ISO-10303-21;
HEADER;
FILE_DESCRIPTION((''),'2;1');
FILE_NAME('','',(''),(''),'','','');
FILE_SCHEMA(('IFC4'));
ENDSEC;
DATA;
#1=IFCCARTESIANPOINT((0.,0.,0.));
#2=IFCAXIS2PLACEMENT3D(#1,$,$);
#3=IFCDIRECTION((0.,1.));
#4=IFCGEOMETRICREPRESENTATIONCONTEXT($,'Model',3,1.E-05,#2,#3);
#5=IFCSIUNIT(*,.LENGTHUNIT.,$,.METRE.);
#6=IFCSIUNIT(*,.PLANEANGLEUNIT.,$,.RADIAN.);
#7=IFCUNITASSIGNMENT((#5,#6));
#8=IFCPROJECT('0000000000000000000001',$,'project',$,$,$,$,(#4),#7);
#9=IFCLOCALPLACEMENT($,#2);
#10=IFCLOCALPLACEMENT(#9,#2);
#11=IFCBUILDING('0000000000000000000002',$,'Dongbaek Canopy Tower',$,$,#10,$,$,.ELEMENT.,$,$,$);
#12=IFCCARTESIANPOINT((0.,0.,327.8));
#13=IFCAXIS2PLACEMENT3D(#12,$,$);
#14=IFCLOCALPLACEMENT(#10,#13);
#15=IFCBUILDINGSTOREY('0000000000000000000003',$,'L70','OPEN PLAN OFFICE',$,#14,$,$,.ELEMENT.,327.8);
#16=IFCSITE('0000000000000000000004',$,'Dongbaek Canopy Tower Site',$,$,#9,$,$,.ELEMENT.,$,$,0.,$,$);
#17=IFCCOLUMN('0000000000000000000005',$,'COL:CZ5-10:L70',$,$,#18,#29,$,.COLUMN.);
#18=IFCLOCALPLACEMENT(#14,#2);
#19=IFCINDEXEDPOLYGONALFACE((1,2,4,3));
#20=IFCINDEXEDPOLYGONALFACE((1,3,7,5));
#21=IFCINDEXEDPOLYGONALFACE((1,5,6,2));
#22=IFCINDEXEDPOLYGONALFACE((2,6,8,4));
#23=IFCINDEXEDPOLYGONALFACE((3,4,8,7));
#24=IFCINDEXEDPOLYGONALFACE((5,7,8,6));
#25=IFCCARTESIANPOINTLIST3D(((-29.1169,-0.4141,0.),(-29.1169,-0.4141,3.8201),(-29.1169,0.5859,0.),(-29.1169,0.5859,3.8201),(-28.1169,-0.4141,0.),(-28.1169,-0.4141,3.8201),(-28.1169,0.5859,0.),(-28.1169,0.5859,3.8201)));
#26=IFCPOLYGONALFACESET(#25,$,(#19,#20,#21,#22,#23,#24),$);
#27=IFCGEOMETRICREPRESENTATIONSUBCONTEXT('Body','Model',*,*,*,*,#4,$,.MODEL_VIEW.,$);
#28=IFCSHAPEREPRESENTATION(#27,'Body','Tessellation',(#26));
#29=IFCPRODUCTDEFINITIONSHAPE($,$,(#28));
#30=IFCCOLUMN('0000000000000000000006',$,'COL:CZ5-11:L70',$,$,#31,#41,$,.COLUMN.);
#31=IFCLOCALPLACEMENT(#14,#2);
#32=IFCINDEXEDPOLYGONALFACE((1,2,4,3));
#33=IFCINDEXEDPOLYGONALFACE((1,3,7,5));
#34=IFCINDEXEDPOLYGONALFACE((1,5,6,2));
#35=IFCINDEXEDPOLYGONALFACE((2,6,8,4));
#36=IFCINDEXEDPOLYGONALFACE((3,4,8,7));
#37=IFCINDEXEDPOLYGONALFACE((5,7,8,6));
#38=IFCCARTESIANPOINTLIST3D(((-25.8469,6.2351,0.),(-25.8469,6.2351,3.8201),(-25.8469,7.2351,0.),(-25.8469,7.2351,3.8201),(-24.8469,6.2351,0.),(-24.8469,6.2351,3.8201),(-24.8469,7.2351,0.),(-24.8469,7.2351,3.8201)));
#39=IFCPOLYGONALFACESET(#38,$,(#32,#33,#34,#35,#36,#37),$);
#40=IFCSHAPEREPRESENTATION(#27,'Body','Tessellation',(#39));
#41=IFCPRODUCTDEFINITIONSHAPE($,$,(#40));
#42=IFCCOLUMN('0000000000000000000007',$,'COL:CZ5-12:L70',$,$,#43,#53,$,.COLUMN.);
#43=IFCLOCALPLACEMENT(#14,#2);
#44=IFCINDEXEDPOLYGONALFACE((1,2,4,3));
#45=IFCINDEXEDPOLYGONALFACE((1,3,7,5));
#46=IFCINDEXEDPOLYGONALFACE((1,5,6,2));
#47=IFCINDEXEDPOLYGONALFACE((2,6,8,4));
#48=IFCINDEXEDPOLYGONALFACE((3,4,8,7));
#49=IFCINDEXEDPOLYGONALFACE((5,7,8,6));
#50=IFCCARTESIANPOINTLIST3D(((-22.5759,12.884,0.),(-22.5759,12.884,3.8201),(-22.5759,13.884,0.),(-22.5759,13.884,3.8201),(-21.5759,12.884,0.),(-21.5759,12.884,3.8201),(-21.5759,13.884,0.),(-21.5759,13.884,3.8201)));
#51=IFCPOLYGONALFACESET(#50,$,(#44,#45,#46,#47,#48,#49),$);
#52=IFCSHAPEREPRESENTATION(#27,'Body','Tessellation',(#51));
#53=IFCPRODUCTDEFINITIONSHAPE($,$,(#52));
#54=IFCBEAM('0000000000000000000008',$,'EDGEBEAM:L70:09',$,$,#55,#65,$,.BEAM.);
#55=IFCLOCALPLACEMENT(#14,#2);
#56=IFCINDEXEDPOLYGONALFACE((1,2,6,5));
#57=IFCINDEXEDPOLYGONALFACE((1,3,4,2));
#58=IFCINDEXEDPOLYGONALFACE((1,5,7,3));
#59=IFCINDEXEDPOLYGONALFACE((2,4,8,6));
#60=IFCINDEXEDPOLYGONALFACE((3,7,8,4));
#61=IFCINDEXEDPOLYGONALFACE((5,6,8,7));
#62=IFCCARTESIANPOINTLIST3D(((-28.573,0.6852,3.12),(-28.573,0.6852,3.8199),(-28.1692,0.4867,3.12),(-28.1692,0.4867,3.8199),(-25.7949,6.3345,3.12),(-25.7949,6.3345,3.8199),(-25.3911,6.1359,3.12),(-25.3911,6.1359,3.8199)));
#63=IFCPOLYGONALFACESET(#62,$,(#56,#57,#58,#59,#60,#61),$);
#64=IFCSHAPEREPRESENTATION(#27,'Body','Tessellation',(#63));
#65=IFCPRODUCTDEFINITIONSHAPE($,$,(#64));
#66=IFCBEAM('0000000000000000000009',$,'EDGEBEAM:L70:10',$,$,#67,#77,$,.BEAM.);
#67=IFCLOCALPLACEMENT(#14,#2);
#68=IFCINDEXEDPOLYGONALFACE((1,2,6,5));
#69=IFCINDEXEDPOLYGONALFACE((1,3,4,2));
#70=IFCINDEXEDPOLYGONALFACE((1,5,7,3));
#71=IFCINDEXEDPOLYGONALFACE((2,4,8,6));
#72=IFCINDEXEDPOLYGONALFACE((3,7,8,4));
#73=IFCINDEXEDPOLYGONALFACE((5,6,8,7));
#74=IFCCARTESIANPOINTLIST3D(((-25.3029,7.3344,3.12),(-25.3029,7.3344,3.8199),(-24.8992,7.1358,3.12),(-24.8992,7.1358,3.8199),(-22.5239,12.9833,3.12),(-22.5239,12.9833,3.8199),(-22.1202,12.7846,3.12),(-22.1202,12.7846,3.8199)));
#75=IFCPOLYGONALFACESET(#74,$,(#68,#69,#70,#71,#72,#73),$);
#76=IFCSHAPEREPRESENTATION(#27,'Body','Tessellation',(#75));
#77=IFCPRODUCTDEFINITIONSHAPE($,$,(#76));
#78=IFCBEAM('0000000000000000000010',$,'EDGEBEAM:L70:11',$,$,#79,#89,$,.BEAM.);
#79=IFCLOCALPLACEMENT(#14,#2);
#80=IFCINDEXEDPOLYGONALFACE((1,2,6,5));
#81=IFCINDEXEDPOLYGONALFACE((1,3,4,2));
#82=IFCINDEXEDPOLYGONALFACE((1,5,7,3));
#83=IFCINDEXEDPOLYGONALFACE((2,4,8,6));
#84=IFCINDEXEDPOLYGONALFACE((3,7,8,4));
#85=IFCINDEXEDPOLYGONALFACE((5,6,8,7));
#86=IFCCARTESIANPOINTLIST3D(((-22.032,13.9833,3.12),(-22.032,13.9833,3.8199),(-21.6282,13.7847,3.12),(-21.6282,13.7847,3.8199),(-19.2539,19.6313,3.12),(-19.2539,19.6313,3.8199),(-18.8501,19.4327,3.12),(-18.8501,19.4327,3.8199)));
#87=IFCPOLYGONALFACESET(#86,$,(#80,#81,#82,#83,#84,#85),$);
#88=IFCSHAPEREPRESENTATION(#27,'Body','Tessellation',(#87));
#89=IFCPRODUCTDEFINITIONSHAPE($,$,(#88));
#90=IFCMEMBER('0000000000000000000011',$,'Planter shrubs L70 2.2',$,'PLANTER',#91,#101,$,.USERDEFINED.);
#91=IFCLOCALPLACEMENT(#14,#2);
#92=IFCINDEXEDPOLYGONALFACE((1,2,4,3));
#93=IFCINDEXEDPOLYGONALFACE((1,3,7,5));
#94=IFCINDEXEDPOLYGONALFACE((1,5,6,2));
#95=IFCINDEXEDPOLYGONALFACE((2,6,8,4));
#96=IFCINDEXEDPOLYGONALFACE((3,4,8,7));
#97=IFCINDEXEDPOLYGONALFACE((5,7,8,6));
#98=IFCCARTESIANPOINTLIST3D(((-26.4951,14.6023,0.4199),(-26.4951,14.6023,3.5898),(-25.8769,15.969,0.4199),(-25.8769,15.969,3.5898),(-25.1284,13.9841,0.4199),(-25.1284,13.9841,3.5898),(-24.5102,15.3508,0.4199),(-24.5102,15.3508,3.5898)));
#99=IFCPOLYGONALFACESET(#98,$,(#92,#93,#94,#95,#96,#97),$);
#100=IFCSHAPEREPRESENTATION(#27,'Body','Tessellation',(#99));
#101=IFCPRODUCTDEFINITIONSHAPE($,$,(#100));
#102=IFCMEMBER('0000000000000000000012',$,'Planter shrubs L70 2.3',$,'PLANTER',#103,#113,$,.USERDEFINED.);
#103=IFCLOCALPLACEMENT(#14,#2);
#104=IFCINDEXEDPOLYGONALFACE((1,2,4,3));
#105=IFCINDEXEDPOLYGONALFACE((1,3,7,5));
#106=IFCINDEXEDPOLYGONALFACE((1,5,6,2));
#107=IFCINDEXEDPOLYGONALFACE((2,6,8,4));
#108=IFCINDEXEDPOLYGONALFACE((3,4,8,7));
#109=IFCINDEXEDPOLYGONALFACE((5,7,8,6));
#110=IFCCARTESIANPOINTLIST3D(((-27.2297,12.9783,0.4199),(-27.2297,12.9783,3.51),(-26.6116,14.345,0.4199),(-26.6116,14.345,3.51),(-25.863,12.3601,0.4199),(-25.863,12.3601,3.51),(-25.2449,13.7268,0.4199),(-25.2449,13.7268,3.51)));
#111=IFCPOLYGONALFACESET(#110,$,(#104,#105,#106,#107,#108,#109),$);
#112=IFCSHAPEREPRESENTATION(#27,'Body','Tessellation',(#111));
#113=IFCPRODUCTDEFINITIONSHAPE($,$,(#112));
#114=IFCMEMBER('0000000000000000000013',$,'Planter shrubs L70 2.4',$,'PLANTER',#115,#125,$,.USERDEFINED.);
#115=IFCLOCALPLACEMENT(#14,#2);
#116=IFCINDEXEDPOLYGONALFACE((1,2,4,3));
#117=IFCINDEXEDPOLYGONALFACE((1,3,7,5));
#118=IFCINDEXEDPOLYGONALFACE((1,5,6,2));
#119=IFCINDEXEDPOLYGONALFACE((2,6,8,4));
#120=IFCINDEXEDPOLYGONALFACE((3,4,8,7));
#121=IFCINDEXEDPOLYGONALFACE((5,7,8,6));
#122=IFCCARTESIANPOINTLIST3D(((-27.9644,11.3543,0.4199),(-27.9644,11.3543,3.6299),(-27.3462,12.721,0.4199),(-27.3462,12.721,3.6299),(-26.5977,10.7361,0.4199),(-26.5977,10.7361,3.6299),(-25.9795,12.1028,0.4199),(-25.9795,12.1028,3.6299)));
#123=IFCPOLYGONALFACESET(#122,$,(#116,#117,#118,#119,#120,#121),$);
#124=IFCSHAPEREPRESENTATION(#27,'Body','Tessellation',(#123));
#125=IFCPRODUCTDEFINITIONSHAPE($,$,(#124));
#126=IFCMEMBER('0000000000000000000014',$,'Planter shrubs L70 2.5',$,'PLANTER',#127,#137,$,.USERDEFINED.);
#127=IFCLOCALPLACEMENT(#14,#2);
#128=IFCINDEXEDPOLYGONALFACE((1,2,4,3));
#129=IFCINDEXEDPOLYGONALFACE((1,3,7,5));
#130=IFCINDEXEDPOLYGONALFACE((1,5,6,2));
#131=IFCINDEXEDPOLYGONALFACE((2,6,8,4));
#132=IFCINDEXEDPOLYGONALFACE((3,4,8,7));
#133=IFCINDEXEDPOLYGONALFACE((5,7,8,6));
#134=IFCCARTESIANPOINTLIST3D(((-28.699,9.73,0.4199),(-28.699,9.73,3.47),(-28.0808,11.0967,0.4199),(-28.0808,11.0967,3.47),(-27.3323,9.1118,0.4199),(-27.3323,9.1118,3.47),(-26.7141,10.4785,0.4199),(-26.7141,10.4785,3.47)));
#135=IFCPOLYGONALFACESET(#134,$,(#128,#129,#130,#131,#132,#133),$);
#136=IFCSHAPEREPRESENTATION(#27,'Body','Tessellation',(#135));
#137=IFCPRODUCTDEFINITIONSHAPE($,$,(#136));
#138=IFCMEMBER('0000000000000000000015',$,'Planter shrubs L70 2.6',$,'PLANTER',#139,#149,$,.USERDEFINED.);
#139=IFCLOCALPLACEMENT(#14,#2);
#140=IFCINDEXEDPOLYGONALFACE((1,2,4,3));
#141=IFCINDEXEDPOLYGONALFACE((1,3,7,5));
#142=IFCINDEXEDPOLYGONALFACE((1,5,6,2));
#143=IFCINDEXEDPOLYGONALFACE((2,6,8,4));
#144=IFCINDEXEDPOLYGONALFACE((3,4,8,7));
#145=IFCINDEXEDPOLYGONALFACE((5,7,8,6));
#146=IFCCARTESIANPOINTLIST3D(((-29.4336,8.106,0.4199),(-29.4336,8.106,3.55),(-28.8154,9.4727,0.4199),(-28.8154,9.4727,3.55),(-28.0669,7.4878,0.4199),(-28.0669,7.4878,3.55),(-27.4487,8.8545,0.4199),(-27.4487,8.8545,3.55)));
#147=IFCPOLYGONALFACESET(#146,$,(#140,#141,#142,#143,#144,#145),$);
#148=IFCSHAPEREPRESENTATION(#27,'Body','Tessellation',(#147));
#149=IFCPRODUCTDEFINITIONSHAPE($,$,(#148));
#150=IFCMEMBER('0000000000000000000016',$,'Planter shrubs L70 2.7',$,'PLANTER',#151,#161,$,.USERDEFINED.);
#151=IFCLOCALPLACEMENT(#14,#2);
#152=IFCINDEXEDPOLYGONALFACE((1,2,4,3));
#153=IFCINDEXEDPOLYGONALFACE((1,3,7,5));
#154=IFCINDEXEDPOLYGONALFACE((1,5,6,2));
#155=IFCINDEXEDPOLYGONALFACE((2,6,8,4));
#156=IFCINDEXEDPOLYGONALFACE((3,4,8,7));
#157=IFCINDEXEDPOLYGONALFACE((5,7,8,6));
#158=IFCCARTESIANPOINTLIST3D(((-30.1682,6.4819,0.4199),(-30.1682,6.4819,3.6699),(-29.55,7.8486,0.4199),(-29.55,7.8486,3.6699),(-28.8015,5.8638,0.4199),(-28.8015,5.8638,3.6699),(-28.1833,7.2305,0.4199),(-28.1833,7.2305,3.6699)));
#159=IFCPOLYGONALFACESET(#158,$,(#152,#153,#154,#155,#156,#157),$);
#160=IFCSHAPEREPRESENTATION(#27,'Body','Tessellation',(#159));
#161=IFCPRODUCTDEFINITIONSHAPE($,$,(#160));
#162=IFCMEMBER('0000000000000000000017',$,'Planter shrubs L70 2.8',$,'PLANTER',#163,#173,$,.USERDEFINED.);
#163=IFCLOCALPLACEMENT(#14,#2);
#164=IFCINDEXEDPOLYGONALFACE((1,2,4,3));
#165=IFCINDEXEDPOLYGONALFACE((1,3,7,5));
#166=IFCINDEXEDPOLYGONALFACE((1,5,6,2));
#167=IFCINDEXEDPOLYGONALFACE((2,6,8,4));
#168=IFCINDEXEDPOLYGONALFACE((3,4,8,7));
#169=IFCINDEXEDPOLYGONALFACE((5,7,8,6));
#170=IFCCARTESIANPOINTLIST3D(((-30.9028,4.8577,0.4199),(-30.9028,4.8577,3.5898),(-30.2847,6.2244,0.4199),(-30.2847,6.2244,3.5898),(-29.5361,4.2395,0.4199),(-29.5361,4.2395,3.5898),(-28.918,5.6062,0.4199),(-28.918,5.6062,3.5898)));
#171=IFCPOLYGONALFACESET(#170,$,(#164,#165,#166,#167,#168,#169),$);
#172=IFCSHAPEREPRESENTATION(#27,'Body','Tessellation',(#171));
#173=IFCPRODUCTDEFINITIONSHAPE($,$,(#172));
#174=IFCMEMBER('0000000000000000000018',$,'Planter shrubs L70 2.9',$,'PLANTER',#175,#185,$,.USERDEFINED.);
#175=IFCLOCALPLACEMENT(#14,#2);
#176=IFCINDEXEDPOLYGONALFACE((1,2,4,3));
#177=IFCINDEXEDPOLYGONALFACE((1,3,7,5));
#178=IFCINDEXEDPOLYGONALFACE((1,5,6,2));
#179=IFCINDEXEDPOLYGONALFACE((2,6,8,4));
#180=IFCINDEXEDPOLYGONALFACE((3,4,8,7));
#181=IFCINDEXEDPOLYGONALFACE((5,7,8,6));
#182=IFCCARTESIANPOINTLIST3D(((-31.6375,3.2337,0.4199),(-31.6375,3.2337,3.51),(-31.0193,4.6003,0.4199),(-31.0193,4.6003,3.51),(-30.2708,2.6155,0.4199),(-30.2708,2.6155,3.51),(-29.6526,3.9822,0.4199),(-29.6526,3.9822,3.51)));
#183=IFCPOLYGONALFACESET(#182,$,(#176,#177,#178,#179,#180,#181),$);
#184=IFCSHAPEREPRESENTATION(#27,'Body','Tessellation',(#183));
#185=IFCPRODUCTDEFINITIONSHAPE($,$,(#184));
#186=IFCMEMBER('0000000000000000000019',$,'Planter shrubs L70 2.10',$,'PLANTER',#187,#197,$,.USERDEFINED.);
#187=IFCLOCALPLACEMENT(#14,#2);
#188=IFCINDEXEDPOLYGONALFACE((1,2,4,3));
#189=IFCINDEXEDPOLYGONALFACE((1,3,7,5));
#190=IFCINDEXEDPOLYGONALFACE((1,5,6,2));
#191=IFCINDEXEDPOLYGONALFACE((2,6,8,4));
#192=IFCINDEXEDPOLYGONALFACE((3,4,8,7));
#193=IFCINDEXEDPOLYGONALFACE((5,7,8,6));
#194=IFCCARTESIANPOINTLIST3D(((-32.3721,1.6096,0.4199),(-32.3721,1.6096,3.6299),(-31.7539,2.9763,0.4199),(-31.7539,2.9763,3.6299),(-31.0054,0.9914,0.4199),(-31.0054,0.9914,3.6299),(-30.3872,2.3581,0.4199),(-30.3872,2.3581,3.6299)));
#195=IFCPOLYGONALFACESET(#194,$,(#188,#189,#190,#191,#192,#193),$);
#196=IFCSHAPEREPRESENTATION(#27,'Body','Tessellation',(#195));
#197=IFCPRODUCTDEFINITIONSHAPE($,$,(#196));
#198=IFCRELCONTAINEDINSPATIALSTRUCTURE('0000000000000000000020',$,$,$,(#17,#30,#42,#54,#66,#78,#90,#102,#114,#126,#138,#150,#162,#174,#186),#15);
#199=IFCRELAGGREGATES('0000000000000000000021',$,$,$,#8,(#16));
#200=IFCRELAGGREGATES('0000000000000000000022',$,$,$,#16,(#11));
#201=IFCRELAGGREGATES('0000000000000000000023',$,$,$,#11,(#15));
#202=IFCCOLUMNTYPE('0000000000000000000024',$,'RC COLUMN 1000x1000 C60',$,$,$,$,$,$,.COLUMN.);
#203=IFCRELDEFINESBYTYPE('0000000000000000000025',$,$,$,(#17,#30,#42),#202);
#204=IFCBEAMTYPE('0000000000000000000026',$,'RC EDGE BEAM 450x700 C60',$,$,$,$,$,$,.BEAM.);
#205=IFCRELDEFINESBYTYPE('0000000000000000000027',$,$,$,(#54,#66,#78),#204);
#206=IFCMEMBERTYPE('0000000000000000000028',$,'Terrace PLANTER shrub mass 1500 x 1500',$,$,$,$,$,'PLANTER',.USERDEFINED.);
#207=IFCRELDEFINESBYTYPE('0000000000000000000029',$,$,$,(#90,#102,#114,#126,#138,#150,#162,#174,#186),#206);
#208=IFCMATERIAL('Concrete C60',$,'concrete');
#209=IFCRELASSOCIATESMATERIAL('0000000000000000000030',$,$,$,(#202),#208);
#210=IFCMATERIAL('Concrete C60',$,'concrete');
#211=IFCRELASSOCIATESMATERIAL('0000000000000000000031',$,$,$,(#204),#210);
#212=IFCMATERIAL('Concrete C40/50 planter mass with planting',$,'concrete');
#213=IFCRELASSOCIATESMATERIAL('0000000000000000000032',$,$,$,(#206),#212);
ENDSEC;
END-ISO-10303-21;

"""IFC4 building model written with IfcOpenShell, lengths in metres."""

from ifc_helpers import new_model, si_unit, direction, frame, origin, origin_2d, place, context, subcontext, project, spatial, rectangle, extrude, material, material_profile, profile_set, type_object, element, save


model = new_model("IFC4")

# Units and contexts
model_context = context("Model", 3, precision=1e-05, world=origin(), true_north=direction((0.0, 1.0)))
body_context = subcontext(model_context, "Body", "Model", "MODEL_VIEW")
ifc_project = project(units=[si_unit("LENGTHUNIT", "METRE"), si_unit("PLANEANGLEUNIT", "RADIAN")], contexts=[model_context])

# Site, building, storey
site_placement = place(None, origin())
site = spatial("IfcSite", under=ifc_project, at=site_placement, Name="Dongbaek Canopy Tower Site", CompositionType="ELEMENT", RefElevation=0.0)
building_placement = place(site_placement, origin())
building = spatial("IfcBuilding", under=site, at=building_placement, Name="Dongbaek Canopy Tower", CompositionType="ELEMENT")
storey_placement = place(building_placement, frame((0.0, 0.0, 327.8)))
storey = spatial("IfcBuildingStorey", under=building, at=storey_placement, Name="L70", Description="OPEN PLAN OFFICE", CompositionType="ELEMENT", Elevation=327.8)

# Columns
ifc_material_1 = material(Name="Concrete C60", Category="concrete")
ifc_material_profile_1 = material_profile(ifc_material_1, rectangle(XDim=1.0, YDim=1.0, at=origin_2d()), Name="RC COLUMN 1000x1000 C60")
ifc_profile_set_1 = profile_set([ifc_material_profile_1], Name="Concrete C60")
column_type = type_object("IfcColumnType", Name="RC COLUMN 1000x1000 C60", PredefinedType="COLUMN", material=ifc_profile_set_1)
for number, where, z_axis, x_axis, name in (
    (1, (-28.6169, 0.0859, 0.0), (0.0, 0.0, 1.0), (1.0, 0.0, 0.0), "COL:CZ5-10:L70"),
    (2, (-25.3469, 6.7351, 0.0), (0.0, 0.0, 1.0), (1.0, 0.0, 0.0), "COL:CZ5-11:L70"),
    (3, (-22.0759, 13.384, 0.0), (0.0, 0.0, 1.0), (1.0, 0.0, 0.0), "COL:CZ5-12:L70"),
):
    element("IfcColumn", number, at=place(storey_placement, frame(where, z_axis=z_axis, x_axis=x_axis)), inside=storey, type_object=column_type, Name=name, PredefinedType="COLUMN", context=body_context, shape_type="SweptSolid", body=[
        extrude(rectangle(XDim=1.0, YDim=1.0, at=origin_2d()), origin(), (0.0, 0.0, 1.0), 3.8201),
    ])

# Beams
ifc_material_2 = material(Name="Concrete C60", Category="concrete")
ifc_material_profile_2 = material_profile(ifc_material_2, rectangle(XDim=0.45, YDim=0.7, at=origin_2d()), Name="RC EDGE BEAM 450x700 C60")
ifc_profile_set_2 = profile_set([ifc_material_profile_2], Name="Concrete C60")
beam_type = type_object("IfcBeamType", Name="RC EDGE BEAM 450x700 C60", PredefinedType="BEAM", material=ifc_profile_set_2)
for number, where, z_axis, x_axis, name in (
    (4, (-28.3711, 0.5859, 3.47), (0.441294, 0.897363, 0.0), (-0.897363, 0.441294, 0.0), "EDGEBEAM:L70:09"),
    (5, (-25.1011, 7.2351, 3.47), (0.441434, 0.897294, 0.0), (-0.897294, 0.441434, 0.0), "EDGEBEAM:L70:10"),
):
    element("IfcBeam", number, at=place(storey_placement, frame(where, z_axis=z_axis, x_axis=x_axis)), inside=storey, type_object=beam_type, Name=name, PredefinedType="BEAM", context=body_context, shape_type="SweptSolid", body=[
        extrude(rectangle(XDim=0.45, YDim=0.7, at=origin_2d()), origin(), (0.0, 0.0, 1.0), 6.2954),
    ])
beam_placement = place(storey_placement, frame((-21.8301, 13.884, 3.47), z_axis=(0.44137, 0.897325, 0.0), x_axis=(-0.897325, 0.44137, 0.0)))
element("IfcBeam", 6, at=beam_placement, inside=storey, type_object=beam_type, Name="EDGEBEAM:L70:11", PredefinedType="BEAM", context=body_context, shape_type="SweptSolid", body=[
    extrude(rectangle(XDim=0.45, YDim=0.7, at=origin_2d()), origin(), (0.0, 0.0, 1.0), 6.2942),
])

# Members
ifc_material_3 = material(Name="Concrete C40/50 planter mass with planting", Category="concrete")
ifc_material_profile_3 = material_profile(ifc_material_3, rectangle(XDim=1.5, YDim=1.5, at=origin_2d()), Name="Terrace PLANTER shrub mass 1500 x 1500")
ifc_profile_set_3 = profile_set([ifc_material_profile_3], Name="Concrete C40/50 planter mass with planting")
member_type = type_object("IfcMemberType", Name="Terrace PLANTER shrub mass 1500 x 1500", ElementType="PLANTER", PredefinedType="USERDEFINED", material=ifc_profile_set_3)
member_1_placement = place(storey_placement, frame((-25.5027, 14.9766, 0.4199), z_axis=(0.0, 0.0, 1.0), x_axis=(-0.911129, 0.412122, 0.0)))
element("IfcMember", 7, at=member_1_placement, inside=storey, type_object=member_type, Name="Planter shrubs L70 2.2", ObjectType="PLANTER", PredefinedType="USERDEFINED", context=body_context, shape_type="SweptSolid", body=[
    extrude(rectangle(XDim=1.5, YDim=1.5, at=origin_2d()), origin(), (0.0, 0.0, 1.0), 3.1699),
])
member_2_placement = place(storey_placement, frame((-26.2373, 13.3525, 0.4199), z_axis=(0.0, 0.0, 1.0), x_axis=(-0.911129, 0.412122, 0.0)))
element("IfcMember", 8, at=member_2_placement, inside=storey, type_object=member_type, Name="Planter shrubs L70 2.3", ObjectType="PLANTER", PredefinedType="USERDEFINED", context=body_context, shape_type="SweptSolid", body=[
    extrude(rectangle(XDim=1.5, YDim=1.5, at=origin_2d()), origin(), (0.0, 0.0, 1.0), 3.0901),
])
member_3_placement = place(storey_placement, frame((-26.9719, 11.7285, 0.4199), z_axis=(0.0, 0.0, 1.0), x_axis=(-0.911129, 0.412122, 0.0)))
element("IfcMember", 9, at=member_3_placement, inside=storey, type_object=member_type, Name="Planter shrubs L70 2.4", ObjectType="PLANTER", PredefinedType="USERDEFINED", context=body_context, shape_type="SweptSolid", body=[
    extrude(rectangle(XDim=1.5, YDim=1.5, at=origin_2d()), origin(), (0.0, 0.0, 1.0), 3.21),
])
member_4_placement = place(storey_placement, frame((-27.7065, 10.1042, 0.4199), z_axis=(0.0, 0.0, 1.0), x_axis=(-0.911129, 0.412122, 0.0)))
element("IfcMember", 10, at=member_4_placement, inside=storey, type_object=member_type, Name="Planter shrubs L70 2.5", ObjectType="PLANTER", PredefinedType="USERDEFINED", context=body_context, shape_type="SweptSolid", body=[
    extrude(rectangle(XDim=1.5, YDim=1.5, at=origin_2d()), origin(), (0.0, 0.0, 1.0), 3.05),
])
member_5_placement = place(storey_placement, frame((-28.4412, 8.4802, 0.4199), z_axis=(0.0, 0.0, 1.0), x_axis=(-0.911129, 0.412122, 0.0)))
element("IfcMember", 11, at=member_5_placement, inside=storey, type_object=member_type, Name="Planter shrubs L70 2.6", ObjectType="PLANTER", PredefinedType="USERDEFINED", context=body_context, shape_type="SweptSolid", body=[
    extrude(rectangle(XDim=1.5, YDim=1.5, at=origin_2d()), origin(), (0.0, 0.0, 1.0), 3.1301),
])
member_6_placement = place(storey_placement, frame((-29.1758, 6.8562, 0.4199), z_axis=(0.0, 0.0, 1.0), x_axis=(-0.911129, 0.412122, 0.0)))
element("IfcMember", 12, at=member_6_placement, inside=storey, type_object=member_type, Name="Planter shrubs L70 2.7", ObjectType="PLANTER", PredefinedType="USERDEFINED", context=body_context, shape_type="SweptSolid", body=[
    extrude(rectangle(XDim=1.5, YDim=1.5, at=origin_2d()), origin(), (0.0, 0.0, 1.0), 3.25),
])
member_7_placement = place(storey_placement, frame((-29.9104, 5.2319, 0.4199), z_axis=(0.0, 0.0, 1.0), x_axis=(-0.911129, 0.412122, 0.0)))
element("IfcMember", 13, at=member_7_placement, inside=storey, type_object=member_type, Name="Planter shrubs L70 2.8", ObjectType="PLANTER", PredefinedType="USERDEFINED", context=body_context, shape_type="SweptSolid", body=[
    extrude(rectangle(XDim=1.5, YDim=1.5, at=origin_2d()), origin(), (0.0, 0.0, 1.0), 3.1699),
])
member_8_placement = place(storey_placement, frame((-30.645, 3.6079, 0.4199), z_axis=(0.0, 0.0, 1.0), x_axis=(-0.911129, 0.412122, 0.0)))
element("IfcMember", 14, at=member_8_placement, inside=storey, type_object=member_type, Name="Planter shrubs L70 2.9", ObjectType="PLANTER", PredefinedType="USERDEFINED", context=body_context, shape_type="SweptSolid", body=[
    extrude(rectangle(XDim=1.5, YDim=1.5, at=origin_2d()), origin(), (0.0, 0.0, 1.0), 3.0901),
])
member_9_placement = place(storey_placement, frame((-31.3796, 1.9839, 0.4199), z_axis=(0.0, 0.0, 1.0), x_axis=(-0.911129, 0.412122, 0.0)))
element("IfcMember", 15, at=member_9_placement, inside=storey, type_object=member_type, Name="Planter shrubs L70 2.10", ObjectType="PLANTER", PredefinedType="USERDEFINED", context=body_context, shape_type="SweptSolid", body=[
    extrude(rectangle(XDim=1.5, YDim=1.5, at=origin_2d()), origin(), (0.0, 0.0, 1.0), 3.21),
])

save(model, "model.ifc")
